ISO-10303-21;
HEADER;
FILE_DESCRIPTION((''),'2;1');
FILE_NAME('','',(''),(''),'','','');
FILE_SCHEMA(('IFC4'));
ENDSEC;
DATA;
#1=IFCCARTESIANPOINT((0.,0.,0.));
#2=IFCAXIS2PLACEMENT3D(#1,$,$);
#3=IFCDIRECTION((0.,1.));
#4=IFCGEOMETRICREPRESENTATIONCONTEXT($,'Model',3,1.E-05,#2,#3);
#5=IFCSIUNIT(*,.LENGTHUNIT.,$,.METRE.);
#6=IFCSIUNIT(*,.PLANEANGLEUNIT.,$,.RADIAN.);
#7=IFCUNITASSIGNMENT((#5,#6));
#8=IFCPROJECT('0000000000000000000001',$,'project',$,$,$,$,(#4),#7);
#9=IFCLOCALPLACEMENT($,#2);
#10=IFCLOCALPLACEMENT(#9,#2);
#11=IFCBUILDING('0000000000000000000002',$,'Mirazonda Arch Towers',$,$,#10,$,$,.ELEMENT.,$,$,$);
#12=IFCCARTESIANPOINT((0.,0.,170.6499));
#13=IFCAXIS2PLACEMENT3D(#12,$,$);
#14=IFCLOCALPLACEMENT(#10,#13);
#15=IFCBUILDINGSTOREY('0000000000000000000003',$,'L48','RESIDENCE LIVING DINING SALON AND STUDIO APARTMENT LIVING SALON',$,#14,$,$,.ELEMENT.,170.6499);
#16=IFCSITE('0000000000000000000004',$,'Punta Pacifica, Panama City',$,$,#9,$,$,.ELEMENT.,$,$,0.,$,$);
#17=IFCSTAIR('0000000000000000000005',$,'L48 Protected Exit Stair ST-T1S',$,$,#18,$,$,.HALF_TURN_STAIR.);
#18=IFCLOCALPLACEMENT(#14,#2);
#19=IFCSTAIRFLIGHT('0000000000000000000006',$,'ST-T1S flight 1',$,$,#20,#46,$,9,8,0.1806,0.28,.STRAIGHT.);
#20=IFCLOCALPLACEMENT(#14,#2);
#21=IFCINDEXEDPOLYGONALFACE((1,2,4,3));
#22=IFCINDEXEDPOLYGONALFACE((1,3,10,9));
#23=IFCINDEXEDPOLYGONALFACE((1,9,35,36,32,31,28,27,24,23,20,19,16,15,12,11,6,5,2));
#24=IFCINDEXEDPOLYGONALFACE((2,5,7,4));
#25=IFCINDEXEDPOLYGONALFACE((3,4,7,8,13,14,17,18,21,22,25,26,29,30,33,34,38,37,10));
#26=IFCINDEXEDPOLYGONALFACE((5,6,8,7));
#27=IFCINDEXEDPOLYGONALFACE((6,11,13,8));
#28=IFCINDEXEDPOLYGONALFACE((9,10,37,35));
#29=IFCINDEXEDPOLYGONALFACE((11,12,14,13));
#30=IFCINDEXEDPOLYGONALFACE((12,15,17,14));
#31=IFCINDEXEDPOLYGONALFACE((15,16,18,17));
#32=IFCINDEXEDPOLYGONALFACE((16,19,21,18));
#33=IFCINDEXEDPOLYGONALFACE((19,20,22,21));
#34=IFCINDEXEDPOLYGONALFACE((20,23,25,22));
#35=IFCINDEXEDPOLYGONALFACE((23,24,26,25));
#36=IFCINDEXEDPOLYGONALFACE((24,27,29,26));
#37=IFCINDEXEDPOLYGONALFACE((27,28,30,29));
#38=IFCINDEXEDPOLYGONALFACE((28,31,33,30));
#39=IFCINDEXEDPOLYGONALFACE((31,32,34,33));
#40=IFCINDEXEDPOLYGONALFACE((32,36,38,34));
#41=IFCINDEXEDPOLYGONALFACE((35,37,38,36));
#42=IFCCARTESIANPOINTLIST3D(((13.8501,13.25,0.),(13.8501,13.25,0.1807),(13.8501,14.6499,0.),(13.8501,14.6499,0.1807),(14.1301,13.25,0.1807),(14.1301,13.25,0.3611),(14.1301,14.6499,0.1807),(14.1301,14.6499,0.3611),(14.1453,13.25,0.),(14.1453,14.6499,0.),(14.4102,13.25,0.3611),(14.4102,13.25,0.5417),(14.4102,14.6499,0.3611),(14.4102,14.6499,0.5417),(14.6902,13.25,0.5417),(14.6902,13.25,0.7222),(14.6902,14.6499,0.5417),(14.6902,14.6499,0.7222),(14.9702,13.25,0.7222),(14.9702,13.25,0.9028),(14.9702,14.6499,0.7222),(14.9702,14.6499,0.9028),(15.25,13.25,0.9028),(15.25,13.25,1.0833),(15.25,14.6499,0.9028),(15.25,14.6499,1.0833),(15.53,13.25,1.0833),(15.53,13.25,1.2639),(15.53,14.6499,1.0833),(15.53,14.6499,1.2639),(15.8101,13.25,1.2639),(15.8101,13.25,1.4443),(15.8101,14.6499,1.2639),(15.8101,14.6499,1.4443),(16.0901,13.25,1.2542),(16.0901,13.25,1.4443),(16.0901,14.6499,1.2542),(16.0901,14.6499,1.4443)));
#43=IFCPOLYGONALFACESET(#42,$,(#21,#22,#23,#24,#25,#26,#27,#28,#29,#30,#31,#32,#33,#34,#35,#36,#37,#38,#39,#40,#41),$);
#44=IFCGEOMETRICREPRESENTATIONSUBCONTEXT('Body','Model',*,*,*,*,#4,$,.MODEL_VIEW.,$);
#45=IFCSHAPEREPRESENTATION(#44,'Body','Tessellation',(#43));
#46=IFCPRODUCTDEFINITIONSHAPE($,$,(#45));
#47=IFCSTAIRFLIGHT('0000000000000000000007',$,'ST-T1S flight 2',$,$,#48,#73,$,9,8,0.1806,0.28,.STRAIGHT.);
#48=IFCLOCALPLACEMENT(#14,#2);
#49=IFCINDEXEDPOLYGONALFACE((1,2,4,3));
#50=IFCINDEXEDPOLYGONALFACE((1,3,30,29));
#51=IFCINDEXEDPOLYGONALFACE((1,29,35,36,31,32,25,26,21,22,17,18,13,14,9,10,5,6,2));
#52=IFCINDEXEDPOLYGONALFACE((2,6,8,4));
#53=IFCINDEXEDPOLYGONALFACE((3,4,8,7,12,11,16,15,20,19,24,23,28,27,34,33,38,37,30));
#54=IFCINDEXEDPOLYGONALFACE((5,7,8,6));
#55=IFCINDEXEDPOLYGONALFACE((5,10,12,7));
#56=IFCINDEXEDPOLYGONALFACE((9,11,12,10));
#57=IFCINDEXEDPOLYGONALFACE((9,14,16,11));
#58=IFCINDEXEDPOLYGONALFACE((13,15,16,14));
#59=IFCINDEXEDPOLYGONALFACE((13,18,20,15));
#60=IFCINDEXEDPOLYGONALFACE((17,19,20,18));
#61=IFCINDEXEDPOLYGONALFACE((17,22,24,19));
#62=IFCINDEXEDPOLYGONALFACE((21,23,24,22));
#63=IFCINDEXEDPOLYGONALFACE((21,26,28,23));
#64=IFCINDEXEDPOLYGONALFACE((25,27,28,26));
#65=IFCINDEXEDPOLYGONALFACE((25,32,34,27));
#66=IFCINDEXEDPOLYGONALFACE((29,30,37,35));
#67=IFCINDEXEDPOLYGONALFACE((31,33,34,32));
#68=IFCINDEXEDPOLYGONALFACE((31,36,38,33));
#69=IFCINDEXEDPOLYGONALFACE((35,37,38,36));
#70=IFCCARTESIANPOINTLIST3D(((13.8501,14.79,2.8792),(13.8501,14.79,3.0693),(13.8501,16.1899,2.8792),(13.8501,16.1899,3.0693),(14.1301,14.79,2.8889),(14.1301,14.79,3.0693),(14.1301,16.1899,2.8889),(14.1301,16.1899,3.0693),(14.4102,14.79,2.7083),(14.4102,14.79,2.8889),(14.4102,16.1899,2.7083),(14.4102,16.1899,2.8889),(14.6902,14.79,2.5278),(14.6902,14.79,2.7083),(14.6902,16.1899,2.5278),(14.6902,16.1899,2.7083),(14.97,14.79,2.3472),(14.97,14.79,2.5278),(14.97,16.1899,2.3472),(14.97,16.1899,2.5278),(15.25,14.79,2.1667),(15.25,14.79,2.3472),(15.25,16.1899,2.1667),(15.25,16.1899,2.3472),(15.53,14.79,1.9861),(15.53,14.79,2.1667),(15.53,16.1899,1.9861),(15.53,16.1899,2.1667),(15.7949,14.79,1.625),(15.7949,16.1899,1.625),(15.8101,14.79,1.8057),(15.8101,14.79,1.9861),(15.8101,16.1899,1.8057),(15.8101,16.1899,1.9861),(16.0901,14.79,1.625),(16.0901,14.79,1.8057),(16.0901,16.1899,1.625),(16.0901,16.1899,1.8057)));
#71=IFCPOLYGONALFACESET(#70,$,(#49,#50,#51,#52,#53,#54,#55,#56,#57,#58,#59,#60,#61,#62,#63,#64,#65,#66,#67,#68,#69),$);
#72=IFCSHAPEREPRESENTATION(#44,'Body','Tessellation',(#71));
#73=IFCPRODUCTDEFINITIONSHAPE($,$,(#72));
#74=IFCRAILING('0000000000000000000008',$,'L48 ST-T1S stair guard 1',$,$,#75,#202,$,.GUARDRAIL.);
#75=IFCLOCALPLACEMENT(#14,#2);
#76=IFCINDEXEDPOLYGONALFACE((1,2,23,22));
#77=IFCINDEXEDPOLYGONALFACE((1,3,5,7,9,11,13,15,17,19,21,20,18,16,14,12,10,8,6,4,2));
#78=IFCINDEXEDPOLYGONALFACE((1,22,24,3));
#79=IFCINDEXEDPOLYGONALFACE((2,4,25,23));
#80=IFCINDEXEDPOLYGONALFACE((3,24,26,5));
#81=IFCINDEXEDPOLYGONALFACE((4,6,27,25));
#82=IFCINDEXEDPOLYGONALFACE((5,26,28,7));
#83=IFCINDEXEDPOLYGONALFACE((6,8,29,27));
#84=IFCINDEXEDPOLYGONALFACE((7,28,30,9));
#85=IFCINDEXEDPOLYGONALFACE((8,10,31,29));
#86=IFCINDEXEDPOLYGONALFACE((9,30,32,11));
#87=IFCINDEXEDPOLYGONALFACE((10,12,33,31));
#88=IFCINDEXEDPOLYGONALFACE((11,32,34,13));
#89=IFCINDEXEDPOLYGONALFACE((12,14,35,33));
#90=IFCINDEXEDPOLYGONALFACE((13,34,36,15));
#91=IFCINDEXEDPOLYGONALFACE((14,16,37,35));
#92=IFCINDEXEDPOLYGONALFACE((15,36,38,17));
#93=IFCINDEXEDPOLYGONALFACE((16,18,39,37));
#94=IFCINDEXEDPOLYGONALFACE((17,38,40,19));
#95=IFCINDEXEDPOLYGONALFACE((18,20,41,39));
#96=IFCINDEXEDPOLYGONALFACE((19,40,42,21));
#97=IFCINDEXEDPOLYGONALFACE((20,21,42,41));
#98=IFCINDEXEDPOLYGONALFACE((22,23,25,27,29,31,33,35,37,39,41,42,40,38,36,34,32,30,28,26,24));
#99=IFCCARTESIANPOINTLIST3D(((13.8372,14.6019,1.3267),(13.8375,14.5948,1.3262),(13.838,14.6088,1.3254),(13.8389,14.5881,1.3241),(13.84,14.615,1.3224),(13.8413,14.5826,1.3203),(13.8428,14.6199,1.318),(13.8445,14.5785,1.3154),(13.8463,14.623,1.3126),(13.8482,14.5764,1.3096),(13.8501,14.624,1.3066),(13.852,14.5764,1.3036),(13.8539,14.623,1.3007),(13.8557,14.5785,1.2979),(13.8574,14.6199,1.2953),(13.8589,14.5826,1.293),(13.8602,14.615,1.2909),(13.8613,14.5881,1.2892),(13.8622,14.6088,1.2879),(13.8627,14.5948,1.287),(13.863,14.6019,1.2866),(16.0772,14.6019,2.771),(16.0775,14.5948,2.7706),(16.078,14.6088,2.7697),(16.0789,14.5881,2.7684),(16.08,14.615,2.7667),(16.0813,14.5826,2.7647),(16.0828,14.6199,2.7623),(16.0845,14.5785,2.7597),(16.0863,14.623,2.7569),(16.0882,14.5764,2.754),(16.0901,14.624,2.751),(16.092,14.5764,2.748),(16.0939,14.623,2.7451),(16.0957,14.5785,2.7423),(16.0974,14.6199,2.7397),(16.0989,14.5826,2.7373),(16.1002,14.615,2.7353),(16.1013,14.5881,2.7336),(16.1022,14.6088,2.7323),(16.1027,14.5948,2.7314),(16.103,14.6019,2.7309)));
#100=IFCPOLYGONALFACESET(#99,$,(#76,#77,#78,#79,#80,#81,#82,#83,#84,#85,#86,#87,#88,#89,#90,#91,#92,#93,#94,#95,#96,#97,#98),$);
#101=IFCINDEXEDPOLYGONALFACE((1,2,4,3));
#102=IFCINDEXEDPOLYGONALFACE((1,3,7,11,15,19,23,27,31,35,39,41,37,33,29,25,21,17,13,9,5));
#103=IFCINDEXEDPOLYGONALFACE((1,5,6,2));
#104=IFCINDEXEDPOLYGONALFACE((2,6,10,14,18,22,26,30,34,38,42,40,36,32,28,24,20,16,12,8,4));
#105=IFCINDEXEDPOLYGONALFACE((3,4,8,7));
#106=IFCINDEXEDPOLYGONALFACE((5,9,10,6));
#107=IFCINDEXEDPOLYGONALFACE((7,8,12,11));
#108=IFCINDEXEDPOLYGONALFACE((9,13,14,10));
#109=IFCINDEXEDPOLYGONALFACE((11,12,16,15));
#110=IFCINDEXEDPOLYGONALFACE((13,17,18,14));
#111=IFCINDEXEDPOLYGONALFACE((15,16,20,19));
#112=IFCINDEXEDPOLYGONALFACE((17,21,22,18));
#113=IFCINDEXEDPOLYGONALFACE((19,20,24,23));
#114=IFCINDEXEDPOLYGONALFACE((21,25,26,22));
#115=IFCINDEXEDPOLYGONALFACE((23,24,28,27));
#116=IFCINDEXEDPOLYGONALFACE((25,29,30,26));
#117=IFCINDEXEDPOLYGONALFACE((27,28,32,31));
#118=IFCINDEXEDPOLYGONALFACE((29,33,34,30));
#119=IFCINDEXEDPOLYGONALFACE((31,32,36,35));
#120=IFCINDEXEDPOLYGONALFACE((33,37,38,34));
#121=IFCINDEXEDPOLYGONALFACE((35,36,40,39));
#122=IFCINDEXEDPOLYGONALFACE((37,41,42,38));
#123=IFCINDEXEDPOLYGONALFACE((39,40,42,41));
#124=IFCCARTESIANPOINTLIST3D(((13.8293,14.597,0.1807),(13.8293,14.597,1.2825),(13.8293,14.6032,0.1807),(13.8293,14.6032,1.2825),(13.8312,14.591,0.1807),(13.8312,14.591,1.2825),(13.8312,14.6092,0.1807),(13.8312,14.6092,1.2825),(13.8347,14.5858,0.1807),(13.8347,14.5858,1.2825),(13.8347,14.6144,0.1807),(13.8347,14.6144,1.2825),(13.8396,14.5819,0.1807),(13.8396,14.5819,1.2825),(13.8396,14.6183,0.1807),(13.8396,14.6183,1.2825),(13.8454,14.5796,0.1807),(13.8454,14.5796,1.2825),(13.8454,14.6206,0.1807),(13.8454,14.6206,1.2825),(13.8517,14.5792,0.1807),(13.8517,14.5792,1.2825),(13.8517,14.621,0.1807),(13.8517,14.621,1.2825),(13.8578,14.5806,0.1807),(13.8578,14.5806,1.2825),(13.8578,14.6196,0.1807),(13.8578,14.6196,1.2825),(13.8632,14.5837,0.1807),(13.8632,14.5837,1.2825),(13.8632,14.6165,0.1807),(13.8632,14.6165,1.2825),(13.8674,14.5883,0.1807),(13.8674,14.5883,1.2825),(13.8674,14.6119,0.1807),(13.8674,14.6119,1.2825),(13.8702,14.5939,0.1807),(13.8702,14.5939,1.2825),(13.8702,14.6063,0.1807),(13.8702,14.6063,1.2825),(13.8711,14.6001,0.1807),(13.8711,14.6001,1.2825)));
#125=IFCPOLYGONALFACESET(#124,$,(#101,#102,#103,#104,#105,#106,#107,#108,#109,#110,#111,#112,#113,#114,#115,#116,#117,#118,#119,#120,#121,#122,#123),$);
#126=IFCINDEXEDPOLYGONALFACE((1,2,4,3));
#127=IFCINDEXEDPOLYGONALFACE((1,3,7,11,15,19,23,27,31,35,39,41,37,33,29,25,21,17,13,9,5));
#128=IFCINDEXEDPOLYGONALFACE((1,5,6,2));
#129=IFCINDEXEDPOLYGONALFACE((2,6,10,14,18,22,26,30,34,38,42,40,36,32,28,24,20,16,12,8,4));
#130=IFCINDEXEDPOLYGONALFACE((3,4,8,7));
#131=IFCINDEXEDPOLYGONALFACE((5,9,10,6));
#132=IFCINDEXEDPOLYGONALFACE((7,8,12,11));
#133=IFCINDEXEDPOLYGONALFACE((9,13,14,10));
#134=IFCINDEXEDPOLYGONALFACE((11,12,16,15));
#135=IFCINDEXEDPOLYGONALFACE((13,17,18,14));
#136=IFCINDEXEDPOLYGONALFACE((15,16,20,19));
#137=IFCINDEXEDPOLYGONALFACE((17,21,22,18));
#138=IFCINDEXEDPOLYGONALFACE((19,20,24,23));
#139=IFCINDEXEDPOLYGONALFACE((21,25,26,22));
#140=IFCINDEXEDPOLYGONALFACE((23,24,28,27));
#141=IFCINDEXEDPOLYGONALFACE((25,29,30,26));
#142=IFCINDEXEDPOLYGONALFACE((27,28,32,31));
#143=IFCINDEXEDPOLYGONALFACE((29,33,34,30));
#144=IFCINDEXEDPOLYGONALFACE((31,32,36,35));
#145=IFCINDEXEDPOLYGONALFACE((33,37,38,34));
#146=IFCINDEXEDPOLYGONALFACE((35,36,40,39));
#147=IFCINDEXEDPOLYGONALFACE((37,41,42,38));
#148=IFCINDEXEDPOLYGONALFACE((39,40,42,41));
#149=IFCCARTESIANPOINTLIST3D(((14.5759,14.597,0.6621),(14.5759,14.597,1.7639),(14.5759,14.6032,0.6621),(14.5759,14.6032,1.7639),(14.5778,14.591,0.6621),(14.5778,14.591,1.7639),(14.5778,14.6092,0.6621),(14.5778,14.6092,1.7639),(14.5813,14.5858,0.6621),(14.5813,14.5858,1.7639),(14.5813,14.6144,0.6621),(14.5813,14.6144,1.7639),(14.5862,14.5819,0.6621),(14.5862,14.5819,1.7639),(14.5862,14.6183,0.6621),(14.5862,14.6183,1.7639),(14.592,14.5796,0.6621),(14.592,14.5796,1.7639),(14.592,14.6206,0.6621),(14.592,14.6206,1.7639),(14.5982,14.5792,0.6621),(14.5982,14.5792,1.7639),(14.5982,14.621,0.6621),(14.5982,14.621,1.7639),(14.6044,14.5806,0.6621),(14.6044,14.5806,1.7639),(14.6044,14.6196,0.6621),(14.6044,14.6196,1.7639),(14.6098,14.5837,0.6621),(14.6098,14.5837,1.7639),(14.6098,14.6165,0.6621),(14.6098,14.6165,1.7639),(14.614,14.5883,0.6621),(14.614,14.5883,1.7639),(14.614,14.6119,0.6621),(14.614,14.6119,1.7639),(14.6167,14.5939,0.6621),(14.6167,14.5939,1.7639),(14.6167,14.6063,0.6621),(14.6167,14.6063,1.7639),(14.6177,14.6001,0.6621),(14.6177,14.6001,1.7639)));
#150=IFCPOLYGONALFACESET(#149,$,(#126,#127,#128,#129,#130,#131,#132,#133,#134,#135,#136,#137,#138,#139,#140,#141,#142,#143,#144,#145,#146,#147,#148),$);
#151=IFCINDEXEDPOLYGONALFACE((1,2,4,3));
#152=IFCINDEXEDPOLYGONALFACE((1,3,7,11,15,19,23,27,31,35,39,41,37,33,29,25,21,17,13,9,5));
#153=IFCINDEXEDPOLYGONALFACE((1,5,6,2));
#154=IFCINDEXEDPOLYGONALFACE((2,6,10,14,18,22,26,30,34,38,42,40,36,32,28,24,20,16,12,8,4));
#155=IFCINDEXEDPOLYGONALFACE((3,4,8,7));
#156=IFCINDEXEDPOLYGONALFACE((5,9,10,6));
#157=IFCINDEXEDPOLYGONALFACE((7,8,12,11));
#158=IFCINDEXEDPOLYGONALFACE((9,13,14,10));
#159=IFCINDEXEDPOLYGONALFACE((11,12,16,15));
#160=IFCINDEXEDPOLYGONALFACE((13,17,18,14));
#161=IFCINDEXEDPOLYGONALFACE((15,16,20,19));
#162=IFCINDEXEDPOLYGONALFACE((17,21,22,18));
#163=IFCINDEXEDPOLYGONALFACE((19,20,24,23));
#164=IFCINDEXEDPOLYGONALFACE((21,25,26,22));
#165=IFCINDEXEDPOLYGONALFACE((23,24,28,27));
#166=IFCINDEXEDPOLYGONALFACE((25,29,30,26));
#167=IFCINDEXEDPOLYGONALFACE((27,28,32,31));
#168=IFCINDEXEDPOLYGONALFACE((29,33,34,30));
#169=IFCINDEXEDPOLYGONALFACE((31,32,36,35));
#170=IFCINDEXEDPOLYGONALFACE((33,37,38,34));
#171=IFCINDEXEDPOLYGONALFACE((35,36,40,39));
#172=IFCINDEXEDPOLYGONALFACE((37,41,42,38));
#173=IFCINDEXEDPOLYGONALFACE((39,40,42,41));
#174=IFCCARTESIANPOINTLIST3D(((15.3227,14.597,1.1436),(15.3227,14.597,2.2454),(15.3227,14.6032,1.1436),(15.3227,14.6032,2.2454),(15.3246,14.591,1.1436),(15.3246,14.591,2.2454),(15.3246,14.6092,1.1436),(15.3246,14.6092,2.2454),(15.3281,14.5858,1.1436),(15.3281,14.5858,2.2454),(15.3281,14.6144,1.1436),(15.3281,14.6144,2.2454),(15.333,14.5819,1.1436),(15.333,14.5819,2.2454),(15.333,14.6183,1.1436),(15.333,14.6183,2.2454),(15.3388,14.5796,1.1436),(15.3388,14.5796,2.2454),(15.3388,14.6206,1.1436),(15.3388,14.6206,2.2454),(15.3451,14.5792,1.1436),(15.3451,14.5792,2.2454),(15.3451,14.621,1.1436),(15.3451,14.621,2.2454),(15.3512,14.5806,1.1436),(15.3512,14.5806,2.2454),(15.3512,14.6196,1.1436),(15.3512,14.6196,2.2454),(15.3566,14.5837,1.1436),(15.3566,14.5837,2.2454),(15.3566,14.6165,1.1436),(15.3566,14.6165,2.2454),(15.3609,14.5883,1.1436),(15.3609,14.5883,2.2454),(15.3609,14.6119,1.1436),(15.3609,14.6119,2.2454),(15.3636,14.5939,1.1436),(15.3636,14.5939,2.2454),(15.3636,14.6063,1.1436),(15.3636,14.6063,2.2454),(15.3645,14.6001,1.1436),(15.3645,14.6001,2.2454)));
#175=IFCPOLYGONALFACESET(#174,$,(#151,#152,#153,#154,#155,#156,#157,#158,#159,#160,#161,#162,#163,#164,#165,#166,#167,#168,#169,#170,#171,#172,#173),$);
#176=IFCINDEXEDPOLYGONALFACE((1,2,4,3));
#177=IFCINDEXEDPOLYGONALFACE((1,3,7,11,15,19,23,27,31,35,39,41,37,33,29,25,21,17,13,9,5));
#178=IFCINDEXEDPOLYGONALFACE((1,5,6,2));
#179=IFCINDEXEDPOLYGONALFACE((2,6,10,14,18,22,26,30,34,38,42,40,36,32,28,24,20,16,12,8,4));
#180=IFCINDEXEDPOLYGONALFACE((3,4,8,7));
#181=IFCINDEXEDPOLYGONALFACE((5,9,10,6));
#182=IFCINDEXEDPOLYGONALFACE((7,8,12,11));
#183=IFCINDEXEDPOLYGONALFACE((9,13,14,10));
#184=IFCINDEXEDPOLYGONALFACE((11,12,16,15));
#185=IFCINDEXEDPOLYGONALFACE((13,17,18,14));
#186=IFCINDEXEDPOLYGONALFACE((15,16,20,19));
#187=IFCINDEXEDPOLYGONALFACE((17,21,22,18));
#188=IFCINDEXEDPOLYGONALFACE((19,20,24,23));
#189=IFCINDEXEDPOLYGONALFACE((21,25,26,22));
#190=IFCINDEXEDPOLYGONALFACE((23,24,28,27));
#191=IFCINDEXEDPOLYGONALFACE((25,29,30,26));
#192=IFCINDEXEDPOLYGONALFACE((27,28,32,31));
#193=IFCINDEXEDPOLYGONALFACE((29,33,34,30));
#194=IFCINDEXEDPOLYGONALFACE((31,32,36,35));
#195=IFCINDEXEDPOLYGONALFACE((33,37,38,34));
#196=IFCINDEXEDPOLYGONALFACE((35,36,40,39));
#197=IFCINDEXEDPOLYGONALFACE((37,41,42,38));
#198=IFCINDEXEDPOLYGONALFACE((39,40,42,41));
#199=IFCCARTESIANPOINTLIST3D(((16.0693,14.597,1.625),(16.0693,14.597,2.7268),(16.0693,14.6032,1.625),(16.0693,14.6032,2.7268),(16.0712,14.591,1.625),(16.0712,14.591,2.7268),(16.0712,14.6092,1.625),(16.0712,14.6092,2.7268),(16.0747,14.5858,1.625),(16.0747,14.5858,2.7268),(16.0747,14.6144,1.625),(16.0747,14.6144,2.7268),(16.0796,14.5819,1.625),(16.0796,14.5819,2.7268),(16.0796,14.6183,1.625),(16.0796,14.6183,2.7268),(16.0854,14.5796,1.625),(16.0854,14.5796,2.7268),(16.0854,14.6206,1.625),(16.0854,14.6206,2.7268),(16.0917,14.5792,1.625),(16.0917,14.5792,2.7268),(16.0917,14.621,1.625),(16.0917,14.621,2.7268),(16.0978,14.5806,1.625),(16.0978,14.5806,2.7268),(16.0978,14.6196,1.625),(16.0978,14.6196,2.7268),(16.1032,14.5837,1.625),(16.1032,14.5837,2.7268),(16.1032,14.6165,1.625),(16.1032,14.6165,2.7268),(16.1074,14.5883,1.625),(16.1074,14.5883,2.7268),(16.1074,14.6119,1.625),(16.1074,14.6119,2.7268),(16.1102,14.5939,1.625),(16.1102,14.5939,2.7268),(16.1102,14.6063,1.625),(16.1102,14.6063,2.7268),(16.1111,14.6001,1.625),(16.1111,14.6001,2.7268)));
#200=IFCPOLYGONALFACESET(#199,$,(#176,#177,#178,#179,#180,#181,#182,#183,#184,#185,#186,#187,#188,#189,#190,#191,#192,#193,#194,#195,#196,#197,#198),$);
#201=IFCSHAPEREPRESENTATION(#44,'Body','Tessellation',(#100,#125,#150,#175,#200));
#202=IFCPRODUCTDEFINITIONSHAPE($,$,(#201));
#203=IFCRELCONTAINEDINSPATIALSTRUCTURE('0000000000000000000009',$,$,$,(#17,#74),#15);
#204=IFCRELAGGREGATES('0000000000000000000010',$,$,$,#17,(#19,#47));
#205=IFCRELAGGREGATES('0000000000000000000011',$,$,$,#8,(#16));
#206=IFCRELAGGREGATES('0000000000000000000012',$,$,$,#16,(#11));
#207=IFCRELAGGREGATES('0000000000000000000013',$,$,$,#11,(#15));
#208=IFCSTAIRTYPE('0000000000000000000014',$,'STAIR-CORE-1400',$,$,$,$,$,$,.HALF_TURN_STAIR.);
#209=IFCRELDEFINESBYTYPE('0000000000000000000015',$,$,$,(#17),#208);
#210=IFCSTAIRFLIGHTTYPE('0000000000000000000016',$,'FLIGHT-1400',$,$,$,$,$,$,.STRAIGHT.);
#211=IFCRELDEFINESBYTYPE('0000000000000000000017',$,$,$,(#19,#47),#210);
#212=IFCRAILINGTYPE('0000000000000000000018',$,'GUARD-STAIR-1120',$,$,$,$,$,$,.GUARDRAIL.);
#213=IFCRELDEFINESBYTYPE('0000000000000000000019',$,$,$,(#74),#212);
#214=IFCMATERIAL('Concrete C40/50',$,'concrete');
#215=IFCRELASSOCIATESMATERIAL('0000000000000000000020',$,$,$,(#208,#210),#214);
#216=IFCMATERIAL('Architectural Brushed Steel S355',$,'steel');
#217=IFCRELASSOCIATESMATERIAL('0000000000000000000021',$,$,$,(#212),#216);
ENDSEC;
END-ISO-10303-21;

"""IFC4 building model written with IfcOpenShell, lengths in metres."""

from ifc_helpers import new_model, si_unit, direction, frame, origin, origin_2d, place, context, subcontext, project, spatial, polyline, circle, outline, extrude, material, type_object, element, aggregate, save


model = new_model("IFC4")

# Units and contexts
model_context = context("Model", 3, precision=1e-05, world=origin(), true_north=direction((0.0, 1.0)))
body_context = subcontext(model_context, "Body", "Model", "MODEL_VIEW")
ifc_project = project(units=[si_unit("LENGTHUNIT", "METRE"), si_unit("PLANEANGLEUNIT", "RADIAN")], contexts=[model_context])

# Site, building, storey
site_placement = place(None, origin())
site = spatial("IfcSite", under=ifc_project, at=site_placement, Name="Punta Pacifica, Panama City", CompositionType="ELEMENT", RefElevation=0.0)
building_placement = place(site_placement, origin())
building = spatial("IfcBuilding", under=site, at=building_placement, Name="Mirazonda Arch Towers", CompositionType="ELEMENT")
storey_placement = place(building_placement, frame((0.0, 0.0, 170.6499)))
storey = spatial("IfcBuildingStorey", under=building, at=storey_placement, Name="L48", Description="RESIDENCE LIVING DINING SALON AND STUDIO APARTMENT LIVING SALON", CompositionType="ELEMENT", Elevation=170.6499)

# Shared definitions
ifc_material_1 = material(Name="Concrete C40/50", Category="concrete")

# Shared definitions
ifc_material_2 = material(Name="Architectural Brushed Steel S355", Category="steel")

# Stair, stair flights
stair_type = type_object("IfcStairType", Name="STAIR-CORE-1400", PredefinedType="HALF_TURN_STAIR", material=ifc_material_1)
stair_placement = place(storey_placement, origin())
stair = element("IfcStair", 1, at=stair_placement, inside=storey, type_object=stair_type, Name="L48 Protected Exit Stair ST-T1S", PredefinedType="HALF_TURN_STAIR")
stair_flight_type = type_object("IfcStairFlightType", Name="FLIGHT-1400", PredefinedType="STRAIGHT", material=ifc_material_1)
stair_flight_1_placement = place(storey_placement, frame((13.8501, 13.95, 0.0), z_axis=(0.0, 0.0, 1.0), x_axis=(1.0, 0.0, 0.0)))
stair_flight_1 = element("IfcStairFlight", 2, at=stair_flight_1_placement, type_object=stair_flight_type, Name="ST-T1S flight 1", NumberOfRisers=9, NumberOfTreads=8, PredefinedType="STRAIGHT", RiserHeight=0.1806, TreadLength=0.28, context=body_context, shape_type="SweptSolid", body=[
    extrude(outline(polyline([(0.0, 0.0), (0.0, 0.1807), (0.28, 0.1807), (0.28, 0.3611), (0.5601, 0.3611), (0.5601, 0.5417), (0.8401, 0.5417), (0.8401, 0.7222), (1.1201, 0.7222), (1.1201, 0.9028), (1.3999, 0.9028), (1.3999, 1.0833), (1.6799, 1.0833), (1.6799, 1.2639), (1.96, 1.2639), (1.96, 1.4443), (2.24, 1.4443), (2.24, 1.625), (2.24, 1.2542), (0.2952, 0.0), (0.0, 0.0)])), frame((0.0, 0.7, 0.0), z_axis=(0.0, -1.0, 0.0), x_axis=(1.0, 0.0, 0.0)), (0.0, 0.0, 1.0), 1.3999),
])
stair_flight_2_placement = place(storey_placement, frame((16.0901, 15.49, 1.625), z_axis=(0.0, 0.0, 1.0), x_axis=(-1.0, 0.0, 0.0)))
stair_flight_2 = element("IfcStairFlight", 3, at=stair_flight_2_placement, type_object=stair_flight_type, Name="ST-T1S flight 2", NumberOfRisers=9, NumberOfTreads=8, PredefinedType="STRAIGHT", RiserHeight=0.1806, TreadLength=0.28, context=body_context, shape_type="SweptSolid", body=[
    extrude(outline(polyline([(0.0, 0.0), (0.0, 0.1807), (0.28, 0.1807), (0.28, 0.3611), (0.5601, 0.3611), (0.5601, 0.5417), (0.8401, 0.5417), (0.8401, 0.7222), (1.1201, 0.7222), (1.1201, 0.9028), (1.3999, 0.9028), (1.3999, 1.0833), (1.6799, 1.0833), (1.6799, 1.2639), (1.96, 1.2639), (1.96, 1.4443), (2.24, 1.4443), (2.24, 1.625), (2.24, 1.2542), (0.2952, 0.0), (0.0, 0.0)])), frame((0.0, 0.7, 0.0), z_axis=(0.0, -1.0, 0.0), x_axis=(1.0, 0.0, 0.0)), (0.0, 0.0, 1.0), 1.3999),
])
aggregate(stair, [stair_flight_1, stair_flight_2])

# Railing
railing_type_1 = type_object("IfcRailingType", Name="GUARD-STAIR-1120", PredefinedType="GUARDRAIL", material=ifc_material_2)
railing_1_placement = place(storey_placement, frame((13.8501, 14.6001, 0.1807)))
element("IfcRailing", 4, at=railing_1_placement, inside=storey, type_object=railing_type_1, Name="L48 ST-T1S stair guard 1", PredefinedType="GUARDRAIL", context=body_context, shape_type="SweptSolid", body=[
    extrude(circle(Radius=0.0239, at=origin_2d()), frame((0.0, 0.0, 1.126), z_axis=(0.840437, 0.0, 0.54191), x_axis=(0.0, 1.0, 0.0)), (0.0, 0.0, 1.0), 2.6653),
    extrude(circle(Radius=0.021, at=origin_2d()), origin(), (0.0, 0.0, 1.0), 1.1018),
    extrude(circle(Radius=0.021, at=origin_2d()), frame((0.7466, 0.0, 0.4814)), (0.0, 0.0, 1.0), 1.1018),
    extrude(circle(Radius=0.021, at=origin_2d()), frame((1.4934, 0.0, 0.9629)), (0.0, 0.0, 1.0), 1.1018),
    extrude(circle(Radius=0.021, at=origin_2d()), frame((2.24, 0.0, 1.4443)), (0.0, 0.0, 1.0), 1.1018),
])

save(model, "model.ifc")
